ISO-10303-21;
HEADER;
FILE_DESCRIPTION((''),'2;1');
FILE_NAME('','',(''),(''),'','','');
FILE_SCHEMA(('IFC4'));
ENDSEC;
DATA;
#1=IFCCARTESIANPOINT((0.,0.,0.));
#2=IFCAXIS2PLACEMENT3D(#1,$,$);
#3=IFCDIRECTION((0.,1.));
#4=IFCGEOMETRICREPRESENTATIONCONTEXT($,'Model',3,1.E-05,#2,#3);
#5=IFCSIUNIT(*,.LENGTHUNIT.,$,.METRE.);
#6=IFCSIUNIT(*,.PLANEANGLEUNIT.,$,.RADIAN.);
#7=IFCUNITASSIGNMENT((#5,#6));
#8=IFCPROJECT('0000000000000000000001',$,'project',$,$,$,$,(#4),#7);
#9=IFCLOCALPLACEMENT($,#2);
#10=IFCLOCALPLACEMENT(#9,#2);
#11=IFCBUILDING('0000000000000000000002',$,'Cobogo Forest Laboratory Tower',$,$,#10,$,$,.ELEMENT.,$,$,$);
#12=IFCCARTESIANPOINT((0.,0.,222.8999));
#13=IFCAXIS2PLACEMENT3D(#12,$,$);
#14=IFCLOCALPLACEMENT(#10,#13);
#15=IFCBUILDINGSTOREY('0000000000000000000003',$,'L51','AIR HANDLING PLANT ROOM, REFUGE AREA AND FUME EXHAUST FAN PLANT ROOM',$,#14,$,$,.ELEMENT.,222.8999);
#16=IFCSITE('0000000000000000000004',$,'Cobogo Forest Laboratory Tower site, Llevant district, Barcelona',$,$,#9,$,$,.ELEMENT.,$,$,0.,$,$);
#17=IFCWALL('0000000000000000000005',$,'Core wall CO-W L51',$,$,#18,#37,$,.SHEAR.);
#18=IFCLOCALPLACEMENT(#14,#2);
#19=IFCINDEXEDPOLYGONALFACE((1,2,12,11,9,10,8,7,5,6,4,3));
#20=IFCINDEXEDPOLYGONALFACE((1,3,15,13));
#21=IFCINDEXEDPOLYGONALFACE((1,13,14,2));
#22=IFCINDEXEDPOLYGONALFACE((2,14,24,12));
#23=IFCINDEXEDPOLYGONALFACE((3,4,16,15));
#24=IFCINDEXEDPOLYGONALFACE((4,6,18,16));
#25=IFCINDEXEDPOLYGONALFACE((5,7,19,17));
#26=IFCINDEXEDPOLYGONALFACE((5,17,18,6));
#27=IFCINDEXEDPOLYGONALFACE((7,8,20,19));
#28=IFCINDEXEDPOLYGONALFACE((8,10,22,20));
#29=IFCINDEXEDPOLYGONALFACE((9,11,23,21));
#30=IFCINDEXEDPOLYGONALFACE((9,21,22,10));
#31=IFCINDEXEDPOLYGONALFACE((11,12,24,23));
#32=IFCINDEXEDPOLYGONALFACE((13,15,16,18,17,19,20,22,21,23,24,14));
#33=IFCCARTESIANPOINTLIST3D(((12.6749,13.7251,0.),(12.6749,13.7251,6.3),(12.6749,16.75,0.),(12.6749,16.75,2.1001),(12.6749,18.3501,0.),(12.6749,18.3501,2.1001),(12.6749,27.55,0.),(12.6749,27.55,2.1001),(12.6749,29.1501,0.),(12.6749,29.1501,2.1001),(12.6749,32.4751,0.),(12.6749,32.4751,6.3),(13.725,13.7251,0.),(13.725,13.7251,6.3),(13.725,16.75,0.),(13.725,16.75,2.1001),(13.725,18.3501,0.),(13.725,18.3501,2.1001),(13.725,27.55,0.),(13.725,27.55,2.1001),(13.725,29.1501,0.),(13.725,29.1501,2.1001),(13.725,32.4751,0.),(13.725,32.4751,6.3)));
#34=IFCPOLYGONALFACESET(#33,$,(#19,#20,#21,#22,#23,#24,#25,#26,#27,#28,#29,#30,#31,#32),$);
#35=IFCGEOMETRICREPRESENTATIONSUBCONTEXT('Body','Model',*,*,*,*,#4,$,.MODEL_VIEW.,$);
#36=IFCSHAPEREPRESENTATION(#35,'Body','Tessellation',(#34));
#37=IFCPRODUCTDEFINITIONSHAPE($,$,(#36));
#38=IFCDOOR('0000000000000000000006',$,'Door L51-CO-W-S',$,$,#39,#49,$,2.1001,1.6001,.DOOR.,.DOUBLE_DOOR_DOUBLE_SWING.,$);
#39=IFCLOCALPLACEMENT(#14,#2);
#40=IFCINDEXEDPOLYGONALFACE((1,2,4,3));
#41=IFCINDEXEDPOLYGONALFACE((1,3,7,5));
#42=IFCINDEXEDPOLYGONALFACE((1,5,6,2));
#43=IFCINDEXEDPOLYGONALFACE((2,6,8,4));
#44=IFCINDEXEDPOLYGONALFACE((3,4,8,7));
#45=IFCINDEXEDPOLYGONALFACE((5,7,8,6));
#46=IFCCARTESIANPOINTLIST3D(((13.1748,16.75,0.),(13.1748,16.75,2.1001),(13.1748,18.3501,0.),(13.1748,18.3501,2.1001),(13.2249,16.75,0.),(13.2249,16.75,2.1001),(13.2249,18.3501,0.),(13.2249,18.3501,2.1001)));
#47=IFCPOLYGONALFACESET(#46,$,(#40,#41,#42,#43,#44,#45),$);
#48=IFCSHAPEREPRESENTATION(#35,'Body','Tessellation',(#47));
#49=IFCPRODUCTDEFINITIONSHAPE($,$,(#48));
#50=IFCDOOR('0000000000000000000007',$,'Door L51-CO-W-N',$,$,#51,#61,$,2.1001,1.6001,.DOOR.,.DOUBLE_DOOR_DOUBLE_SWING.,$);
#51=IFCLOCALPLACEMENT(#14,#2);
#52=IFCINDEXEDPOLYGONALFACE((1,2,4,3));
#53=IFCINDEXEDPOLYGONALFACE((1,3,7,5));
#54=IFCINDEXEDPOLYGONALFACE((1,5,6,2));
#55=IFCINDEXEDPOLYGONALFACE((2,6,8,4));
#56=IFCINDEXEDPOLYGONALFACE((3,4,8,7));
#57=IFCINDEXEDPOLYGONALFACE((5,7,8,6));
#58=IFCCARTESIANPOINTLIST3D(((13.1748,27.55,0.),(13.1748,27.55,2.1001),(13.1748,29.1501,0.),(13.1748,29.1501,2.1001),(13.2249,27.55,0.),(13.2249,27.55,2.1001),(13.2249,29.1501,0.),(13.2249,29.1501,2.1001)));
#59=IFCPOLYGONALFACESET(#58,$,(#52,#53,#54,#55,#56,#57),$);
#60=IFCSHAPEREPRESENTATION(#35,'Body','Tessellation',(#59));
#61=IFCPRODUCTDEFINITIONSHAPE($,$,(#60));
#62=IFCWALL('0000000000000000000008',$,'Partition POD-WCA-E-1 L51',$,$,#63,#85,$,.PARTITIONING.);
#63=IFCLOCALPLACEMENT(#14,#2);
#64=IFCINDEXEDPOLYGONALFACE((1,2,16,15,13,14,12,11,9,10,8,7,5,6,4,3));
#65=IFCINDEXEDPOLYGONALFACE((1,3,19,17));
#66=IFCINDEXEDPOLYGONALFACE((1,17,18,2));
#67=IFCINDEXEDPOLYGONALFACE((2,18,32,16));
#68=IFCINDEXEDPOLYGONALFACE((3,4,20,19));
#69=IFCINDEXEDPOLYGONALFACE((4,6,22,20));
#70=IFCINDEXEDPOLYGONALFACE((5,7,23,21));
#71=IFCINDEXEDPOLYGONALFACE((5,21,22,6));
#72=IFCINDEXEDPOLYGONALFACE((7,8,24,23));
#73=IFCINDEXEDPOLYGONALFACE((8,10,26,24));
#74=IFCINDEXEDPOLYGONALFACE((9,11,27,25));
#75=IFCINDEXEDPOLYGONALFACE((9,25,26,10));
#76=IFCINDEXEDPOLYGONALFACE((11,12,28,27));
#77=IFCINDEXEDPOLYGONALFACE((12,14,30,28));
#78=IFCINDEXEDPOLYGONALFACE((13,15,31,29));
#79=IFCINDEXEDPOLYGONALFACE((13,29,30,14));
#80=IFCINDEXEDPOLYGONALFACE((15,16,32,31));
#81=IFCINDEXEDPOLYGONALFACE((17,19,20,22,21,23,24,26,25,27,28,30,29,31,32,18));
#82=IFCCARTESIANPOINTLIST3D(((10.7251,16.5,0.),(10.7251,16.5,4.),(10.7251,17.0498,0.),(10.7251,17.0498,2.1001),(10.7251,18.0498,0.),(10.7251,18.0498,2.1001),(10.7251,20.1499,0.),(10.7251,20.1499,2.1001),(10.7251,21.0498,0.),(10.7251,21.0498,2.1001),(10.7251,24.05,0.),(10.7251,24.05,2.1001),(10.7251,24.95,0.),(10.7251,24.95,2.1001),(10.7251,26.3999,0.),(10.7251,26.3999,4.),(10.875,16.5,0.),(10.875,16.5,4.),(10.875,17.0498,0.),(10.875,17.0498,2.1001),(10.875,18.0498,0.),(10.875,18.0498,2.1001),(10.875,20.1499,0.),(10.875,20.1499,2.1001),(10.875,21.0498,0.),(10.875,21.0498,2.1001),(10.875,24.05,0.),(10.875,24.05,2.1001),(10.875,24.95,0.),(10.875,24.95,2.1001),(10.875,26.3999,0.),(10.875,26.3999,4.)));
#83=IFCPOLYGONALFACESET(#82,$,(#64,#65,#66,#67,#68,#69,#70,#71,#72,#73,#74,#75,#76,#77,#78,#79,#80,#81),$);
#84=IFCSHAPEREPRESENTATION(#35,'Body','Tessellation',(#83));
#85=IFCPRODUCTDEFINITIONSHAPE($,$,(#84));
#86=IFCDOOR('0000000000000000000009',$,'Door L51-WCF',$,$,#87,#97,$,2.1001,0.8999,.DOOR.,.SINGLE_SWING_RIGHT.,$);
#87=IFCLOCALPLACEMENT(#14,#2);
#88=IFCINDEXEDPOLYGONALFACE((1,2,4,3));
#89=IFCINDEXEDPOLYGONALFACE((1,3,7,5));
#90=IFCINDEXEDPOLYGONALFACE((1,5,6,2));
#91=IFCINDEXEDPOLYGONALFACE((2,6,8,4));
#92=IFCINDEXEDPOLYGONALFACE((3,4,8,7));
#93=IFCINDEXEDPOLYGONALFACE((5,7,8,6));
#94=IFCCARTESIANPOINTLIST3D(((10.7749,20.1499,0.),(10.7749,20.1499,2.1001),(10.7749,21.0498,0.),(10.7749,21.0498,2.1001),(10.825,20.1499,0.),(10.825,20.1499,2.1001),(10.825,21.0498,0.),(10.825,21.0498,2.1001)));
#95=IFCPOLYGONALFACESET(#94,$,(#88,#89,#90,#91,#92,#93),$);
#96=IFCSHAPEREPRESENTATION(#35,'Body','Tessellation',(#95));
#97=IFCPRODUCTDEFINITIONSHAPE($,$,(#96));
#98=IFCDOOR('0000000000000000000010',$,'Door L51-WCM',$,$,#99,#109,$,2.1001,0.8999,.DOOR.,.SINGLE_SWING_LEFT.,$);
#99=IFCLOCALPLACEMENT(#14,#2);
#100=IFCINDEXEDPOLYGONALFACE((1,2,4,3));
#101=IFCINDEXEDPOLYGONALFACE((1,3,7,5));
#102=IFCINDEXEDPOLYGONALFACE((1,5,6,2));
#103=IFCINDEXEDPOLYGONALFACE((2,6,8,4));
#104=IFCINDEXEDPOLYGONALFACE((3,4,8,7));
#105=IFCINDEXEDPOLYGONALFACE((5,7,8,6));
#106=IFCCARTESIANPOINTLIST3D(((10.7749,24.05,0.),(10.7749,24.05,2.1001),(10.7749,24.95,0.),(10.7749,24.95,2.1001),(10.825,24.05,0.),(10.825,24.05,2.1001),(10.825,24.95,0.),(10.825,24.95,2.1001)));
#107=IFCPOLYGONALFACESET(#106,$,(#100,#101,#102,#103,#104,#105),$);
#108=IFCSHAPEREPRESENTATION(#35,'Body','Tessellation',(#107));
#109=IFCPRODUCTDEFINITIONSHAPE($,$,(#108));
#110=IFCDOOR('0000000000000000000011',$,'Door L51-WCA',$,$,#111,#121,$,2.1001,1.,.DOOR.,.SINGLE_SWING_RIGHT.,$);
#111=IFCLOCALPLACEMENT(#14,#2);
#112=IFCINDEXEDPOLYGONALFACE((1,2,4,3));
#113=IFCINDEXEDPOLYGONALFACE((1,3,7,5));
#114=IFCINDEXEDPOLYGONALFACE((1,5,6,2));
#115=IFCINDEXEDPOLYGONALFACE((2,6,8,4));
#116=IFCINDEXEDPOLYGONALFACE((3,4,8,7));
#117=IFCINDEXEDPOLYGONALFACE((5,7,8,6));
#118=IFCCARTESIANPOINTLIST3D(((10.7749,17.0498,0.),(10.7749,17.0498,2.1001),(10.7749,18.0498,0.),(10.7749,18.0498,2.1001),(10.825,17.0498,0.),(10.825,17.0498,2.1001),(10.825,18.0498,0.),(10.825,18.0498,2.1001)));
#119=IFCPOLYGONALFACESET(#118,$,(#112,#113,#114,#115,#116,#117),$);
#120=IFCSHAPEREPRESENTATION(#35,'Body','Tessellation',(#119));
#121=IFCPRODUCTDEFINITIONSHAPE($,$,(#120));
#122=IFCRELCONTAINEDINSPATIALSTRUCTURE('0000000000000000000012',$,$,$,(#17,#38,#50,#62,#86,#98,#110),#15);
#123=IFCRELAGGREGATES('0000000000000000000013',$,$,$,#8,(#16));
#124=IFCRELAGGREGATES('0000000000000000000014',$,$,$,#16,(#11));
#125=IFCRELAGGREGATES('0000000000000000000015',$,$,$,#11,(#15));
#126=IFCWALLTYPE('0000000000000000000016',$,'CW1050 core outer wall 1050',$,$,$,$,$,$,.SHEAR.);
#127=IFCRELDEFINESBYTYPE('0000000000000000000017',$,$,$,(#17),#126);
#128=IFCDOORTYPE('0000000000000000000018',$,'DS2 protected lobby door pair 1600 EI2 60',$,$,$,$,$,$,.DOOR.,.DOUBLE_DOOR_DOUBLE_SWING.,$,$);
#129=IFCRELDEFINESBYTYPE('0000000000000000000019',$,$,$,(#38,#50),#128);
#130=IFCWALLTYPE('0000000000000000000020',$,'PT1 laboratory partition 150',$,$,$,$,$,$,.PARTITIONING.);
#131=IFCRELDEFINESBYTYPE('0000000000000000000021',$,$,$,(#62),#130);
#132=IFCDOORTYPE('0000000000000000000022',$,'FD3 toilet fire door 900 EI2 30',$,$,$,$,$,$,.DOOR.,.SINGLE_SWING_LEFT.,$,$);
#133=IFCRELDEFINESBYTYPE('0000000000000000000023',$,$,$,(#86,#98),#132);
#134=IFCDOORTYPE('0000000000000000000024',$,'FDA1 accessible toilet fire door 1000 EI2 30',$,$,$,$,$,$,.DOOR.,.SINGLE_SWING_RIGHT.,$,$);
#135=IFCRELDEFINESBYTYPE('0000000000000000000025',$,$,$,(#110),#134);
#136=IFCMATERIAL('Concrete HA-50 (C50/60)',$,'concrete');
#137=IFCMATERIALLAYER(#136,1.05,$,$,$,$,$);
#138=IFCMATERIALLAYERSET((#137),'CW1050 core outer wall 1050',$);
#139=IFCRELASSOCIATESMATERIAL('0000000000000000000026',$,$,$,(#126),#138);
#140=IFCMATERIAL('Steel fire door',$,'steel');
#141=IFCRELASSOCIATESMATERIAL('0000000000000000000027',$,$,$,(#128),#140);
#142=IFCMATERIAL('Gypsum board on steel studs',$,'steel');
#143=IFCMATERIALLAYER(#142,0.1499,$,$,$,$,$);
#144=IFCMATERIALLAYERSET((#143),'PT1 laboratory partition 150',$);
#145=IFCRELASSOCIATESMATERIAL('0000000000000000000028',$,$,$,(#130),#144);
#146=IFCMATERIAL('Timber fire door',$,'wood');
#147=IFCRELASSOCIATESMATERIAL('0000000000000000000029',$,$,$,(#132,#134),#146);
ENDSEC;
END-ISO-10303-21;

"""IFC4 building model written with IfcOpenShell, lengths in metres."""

from ifc_helpers import new_model, si_unit, direction, frame, frame_2d, origin, place, context, subcontext, project, spatial, rectangle, extrude, material, layer, layer_set, type_object, element, fill, save


model = new_model("IFC4")

# Units and contexts
model_context = context("Model", 3, precision=1e-05, world=origin(), true_north=direction((0.0, 1.0)))
body_context = subcontext(model_context, "Body", "Model", "MODEL_VIEW")
ifc_project = project(units=[si_unit("LENGTHUNIT", "METRE"), si_unit("PLANEANGLEUNIT", "RADIAN")], contexts=[model_context])

# Site, building, storey
site_placement = place(None, origin())
site = spatial("IfcSite", under=ifc_project, at=site_placement, Name="Cobogo Forest Laboratory Tower site, Llevant district, Barcelona", CompositionType="ELEMENT", RefElevation=0.0)
building_placement = place(site_placement, origin())
building = spatial("IfcBuilding", under=site, at=building_placement, Name="Cobogo Forest Laboratory Tower", CompositionType="ELEMENT")
storey_placement = place(building_placement, frame((0.0, 0.0, 222.8999)))
storey = spatial("IfcBuildingStorey", under=building, at=storey_placement, Name="L51", Description="AIR HANDLING PLANT ROOM, REFUGE AREA AND FUME EXHAUST FAN PLANT ROOM", CompositionType="ELEMENT", Elevation=222.8999)

# Wall, openings, doors
ifc_material_1 = material(Name="Concrete HA-50 (C50/60)", Category="concrete")
ifc_material_2 = material(Name="Steel fire door", Category="steel")
ifc_layer_1 = layer(ifc_material_1, 1.05)
ifc_layer_set_1 = layer_set([ifc_layer_1], Name="CW1050 core outer wall 1050")
wall_type_1 = type_object("IfcWallType", Name="CW1050 core outer wall 1050", PredefinedType="SHEAR", material=ifc_layer_set_1)
wall_1_placement = place(storey_placement, frame((13.2, 32.4751, 0.0), z_axis=(0.0, 0.0, 1.0), x_axis=(0.0, -1.0, 0.0)))
wall_1 = element("IfcWall", 1, at=wall_1_placement, inside=storey, type_object=wall_type_1, Name="Core wall CO-W L51", PredefinedType="SHEAR", context=body_context, shape_type="SweptSolid", body=[
    extrude(rectangle(XDim=18.75, YDim=1.05, at=frame_2d((9.375, 0.0))), origin(), (0.0, 0.0, 1.0), 6.3),
])
opening_1_placement = place(wall_1_placement, frame((14.125, 0.0, 0.0)))
opening_1 = element("IfcOpeningElement", 2, at=opening_1_placement, cuts=wall_1, PredefinedType="OPENING", context=body_context, shape_type="SweptSolid", body=[
    extrude(rectangle(XDim=1.6001, YDim=2.1001, at=frame_2d((0.8, 1.05))), frame((0.0, 0.5349, 0.0), z_axis=(0.0, -1.0, 0.0), x_axis=(1.0, 0.0, 0.0)), (0.0, 0.0, 1.0), 1.0701),
])
opening_2_placement = place(wall_1_placement, frame((3.325, 0.0, 0.0)))
opening_2 = element("IfcOpeningElement", 3, at=opening_2_placement, cuts=wall_1, PredefinedType="OPENING", context=body_context, shape_type="SweptSolid", body=[
    extrude(rectangle(XDim=1.6001, YDim=2.1001, at=frame_2d((0.8, 1.05))), frame((0.0, 0.5349, 0.0), z_axis=(0.0, -1.0, 0.0), x_axis=(1.0, 0.0, 0.0)), (0.0, 0.0, 1.0), 1.0701),
])
door_type_1 = type_object("IfcDoorType", Name="DS2 protected lobby door pair 1600 EI2 60", OperationType="DOUBLE_DOOR_DOUBLE_SWING", PredefinedType="DOOR", material=ifc_material_2)
door_1_placement = place(opening_1_placement, origin())
door_1 = element("IfcDoor", 4, at=door_1_placement, inside=storey, type_object=door_type_1, Name="Door L51-CO-W-S", OperationType="DOUBLE_DOOR_DOUBLE_SWING", OverallHeight=2.1001, OverallWidth=1.6001, PredefinedType="DOOR", context=body_context, shape_type="SweptSolid", body=[
    extrude(rectangle(XDim=1.6001, YDim=2.1001, at=frame_2d((0.8, 1.05))), frame((0.0, 0.0249, 0.0), z_axis=(0.0, -1.0, 0.0), x_axis=(1.0, 0.0, 0.0)), (0.0, 0.0, 1.0), 0.05),
])
fill(opening_1, door_1)
door_2_placement = place(opening_2_placement, origin())
door_2 = element("IfcDoor", 5, at=door_2_placement, inside=storey, type_object=door_type_1, Name="Door L51-CO-W-N", OperationType="DOUBLE_DOOR_DOUBLE_SWING", OverallHeight=2.1001, OverallWidth=1.6001, PredefinedType="DOOR", context=body_context, shape_type="SweptSolid", body=[
    extrude(rectangle(XDim=1.6001, YDim=2.1001, at=frame_2d((0.8, 1.05))), frame((0.0, 0.0249, 0.0), z_axis=(0.0, -1.0, 0.0), x_axis=(1.0, 0.0, 0.0)), (0.0, 0.0, 1.0), 0.05),
])
fill(opening_2, door_2)

# Wall, openings, doors
ifc_material_3 = material(Name="Gypsum board on steel studs", Category="steel")
ifc_layer_2 = layer(ifc_material_3, 0.1499)
ifc_layer_set_2 = layer_set([ifc_layer_2], Name="PT1 laboratory partition 150")
wall_type_2 = type_object("IfcWallType", Name="PT1 laboratory partition 150", PredefinedType="PARTITIONING", material=ifc_layer_set_2)
wall_2_placement = place(storey_placement, frame((10.8, 26.3999, 0.0), z_axis=(0.0, 0.0, 1.0), x_axis=(0.0, -1.0, 0.0)))
wall_2 = element("IfcWall", 6, at=wall_2_placement, inside=storey, type_object=wall_type_2, Name="Partition POD-WCA-E-1 L51", PredefinedType="PARTITIONING", context=body_context, shape_type="SweptSolid", body=[
    extrude(rectangle(XDim=9.8999, YDim=0.1499, at=frame_2d((4.95, 0.0))), origin(), (0.0, 0.0, 1.0), 4.0),
])
opening_3_placement = place(wall_2_placement, frame((8.3501, 0.0, 0.0)))
opening_3 = element("IfcOpeningElement", 7, at=opening_3_placement, cuts=wall_2, PredefinedType="OPENING", context=body_context, shape_type="SweptSolid", body=[
    extrude(rectangle(XDim=1.0, YDim=2.1001, at=frame_2d((0.5, 1.05))), frame((0.0, 0.085, 0.0), z_axis=(0.0, -1.0, 0.0), x_axis=(1.0, 0.0, 0.0)), (0.0, 0.0, 1.0), 0.1699),
])
opening_4_placement = place(wall_2_placement, frame((5.3501, 0.0, 0.0)))
opening_4 = element("IfcOpeningElement", 8, at=opening_4_placement, cuts=wall_2, PredefinedType="OPENING", context=body_context, shape_type="SweptSolid", body=[
    extrude(rectangle(XDim=0.8999, YDim=2.1001, at=frame_2d((0.45, 1.05))), frame((0.0, 0.085, 0.0), z_axis=(0.0, -1.0, 0.0), x_axis=(1.0, 0.0, 0.0)), (0.0, 0.0, 1.0), 0.1699),
])
opening_5_placement = place(wall_2_placement, frame((1.45, 0.0, 0.0)))
opening_5 = element("IfcOpeningElement", 9, at=opening_5_placement, cuts=wall_2, PredefinedType="OPENING", context=body_context, shape_type="SweptSolid", body=[
    extrude(rectangle(XDim=0.8999, YDim=2.1001, at=frame_2d((0.45, 1.05))), frame((0.0, 0.085, 0.0), z_axis=(0.0, -1.0, 0.0), x_axis=(1.0, 0.0, 0.0)), (0.0, 0.0, 1.0), 0.1699),
])
ifc_material_4 = material(Name="Timber fire door", Category="wood")
door_type_2 = type_object("IfcDoorType", Name="FD3 toilet fire door 900 EI2 30", OperationType="SINGLE_SWING_LEFT", PredefinedType="DOOR", material=ifc_material_4)
door_3_placement = place(opening_4_placement, origin())
door_3 = element("IfcDoor", 10, at=door_3_placement, inside=storey, type_object=door_type_2, Name="Door L51-WCF", OperationType="SINGLE_SWING_RIGHT", OverallHeight=2.1001, OverallWidth=0.8999, PredefinedType="DOOR", context=body_context, shape_type="SweptSolid", body=[
    extrude(rectangle(XDim=0.8999, YDim=2.1001, at=frame_2d((0.45, 1.05))), frame((0.0, 0.0249, 0.0), z_axis=(0.0, -1.0, 0.0), x_axis=(1.0, 0.0, 0.0)), (0.0, 0.0, 1.0), 0.05),
])
fill(opening_4, door_3)
door_4_placement = place(opening_5_placement, origin())
door_4 = element("IfcDoor", 11, at=door_4_placement, inside=storey, type_object=door_type_2, Name="Door L51-WCM", OperationType="SINGLE_SWING_LEFT", OverallHeight=2.1001, OverallWidth=0.8999, PredefinedType="DOOR", context=body_context, shape_type="SweptSolid", body=[
    extrude(rectangle(XDim=0.8999, YDim=2.1001, at=frame_2d((0.45, 1.05))), frame((0.0, 0.0249, 0.0), z_axis=(0.0, -1.0, 0.0), x_axis=(1.0, 0.0, 0.0)), (0.0, 0.0, 1.0), 0.05),
])
fill(opening_5, door_4)
door_type_3 = type_object("IfcDoorType", Name="FDA1 accessible toilet fire door 1000 EI2 30", OperationType="SINGLE_SWING_RIGHT", PredefinedType="DOOR", material=ifc_material_4)
door_5_placement = place(opening_3_placement, origin())
door_5 = element("IfcDoor", 12, at=door_5_placement, inside=storey, type_object=door_type_3, Name="Door L51-WCA", OperationType="SINGLE_SWING_RIGHT", OverallHeight=2.1001, OverallWidth=1.0, PredefinedType="DOOR", context=body_context, shape_type="SweptSolid", body=[
    extrude(rectangle(XDim=1.0, YDim=2.1001, at=frame_2d((0.5, 1.05))), frame((0.0, 0.0249, 0.0), z_axis=(0.0, -1.0, 0.0), x_axis=(1.0, 0.0, 0.0)), (0.0, 0.0, 1.0), 0.05),
])
fill(opening_3, door_5)

save(model, "model.ifc")
